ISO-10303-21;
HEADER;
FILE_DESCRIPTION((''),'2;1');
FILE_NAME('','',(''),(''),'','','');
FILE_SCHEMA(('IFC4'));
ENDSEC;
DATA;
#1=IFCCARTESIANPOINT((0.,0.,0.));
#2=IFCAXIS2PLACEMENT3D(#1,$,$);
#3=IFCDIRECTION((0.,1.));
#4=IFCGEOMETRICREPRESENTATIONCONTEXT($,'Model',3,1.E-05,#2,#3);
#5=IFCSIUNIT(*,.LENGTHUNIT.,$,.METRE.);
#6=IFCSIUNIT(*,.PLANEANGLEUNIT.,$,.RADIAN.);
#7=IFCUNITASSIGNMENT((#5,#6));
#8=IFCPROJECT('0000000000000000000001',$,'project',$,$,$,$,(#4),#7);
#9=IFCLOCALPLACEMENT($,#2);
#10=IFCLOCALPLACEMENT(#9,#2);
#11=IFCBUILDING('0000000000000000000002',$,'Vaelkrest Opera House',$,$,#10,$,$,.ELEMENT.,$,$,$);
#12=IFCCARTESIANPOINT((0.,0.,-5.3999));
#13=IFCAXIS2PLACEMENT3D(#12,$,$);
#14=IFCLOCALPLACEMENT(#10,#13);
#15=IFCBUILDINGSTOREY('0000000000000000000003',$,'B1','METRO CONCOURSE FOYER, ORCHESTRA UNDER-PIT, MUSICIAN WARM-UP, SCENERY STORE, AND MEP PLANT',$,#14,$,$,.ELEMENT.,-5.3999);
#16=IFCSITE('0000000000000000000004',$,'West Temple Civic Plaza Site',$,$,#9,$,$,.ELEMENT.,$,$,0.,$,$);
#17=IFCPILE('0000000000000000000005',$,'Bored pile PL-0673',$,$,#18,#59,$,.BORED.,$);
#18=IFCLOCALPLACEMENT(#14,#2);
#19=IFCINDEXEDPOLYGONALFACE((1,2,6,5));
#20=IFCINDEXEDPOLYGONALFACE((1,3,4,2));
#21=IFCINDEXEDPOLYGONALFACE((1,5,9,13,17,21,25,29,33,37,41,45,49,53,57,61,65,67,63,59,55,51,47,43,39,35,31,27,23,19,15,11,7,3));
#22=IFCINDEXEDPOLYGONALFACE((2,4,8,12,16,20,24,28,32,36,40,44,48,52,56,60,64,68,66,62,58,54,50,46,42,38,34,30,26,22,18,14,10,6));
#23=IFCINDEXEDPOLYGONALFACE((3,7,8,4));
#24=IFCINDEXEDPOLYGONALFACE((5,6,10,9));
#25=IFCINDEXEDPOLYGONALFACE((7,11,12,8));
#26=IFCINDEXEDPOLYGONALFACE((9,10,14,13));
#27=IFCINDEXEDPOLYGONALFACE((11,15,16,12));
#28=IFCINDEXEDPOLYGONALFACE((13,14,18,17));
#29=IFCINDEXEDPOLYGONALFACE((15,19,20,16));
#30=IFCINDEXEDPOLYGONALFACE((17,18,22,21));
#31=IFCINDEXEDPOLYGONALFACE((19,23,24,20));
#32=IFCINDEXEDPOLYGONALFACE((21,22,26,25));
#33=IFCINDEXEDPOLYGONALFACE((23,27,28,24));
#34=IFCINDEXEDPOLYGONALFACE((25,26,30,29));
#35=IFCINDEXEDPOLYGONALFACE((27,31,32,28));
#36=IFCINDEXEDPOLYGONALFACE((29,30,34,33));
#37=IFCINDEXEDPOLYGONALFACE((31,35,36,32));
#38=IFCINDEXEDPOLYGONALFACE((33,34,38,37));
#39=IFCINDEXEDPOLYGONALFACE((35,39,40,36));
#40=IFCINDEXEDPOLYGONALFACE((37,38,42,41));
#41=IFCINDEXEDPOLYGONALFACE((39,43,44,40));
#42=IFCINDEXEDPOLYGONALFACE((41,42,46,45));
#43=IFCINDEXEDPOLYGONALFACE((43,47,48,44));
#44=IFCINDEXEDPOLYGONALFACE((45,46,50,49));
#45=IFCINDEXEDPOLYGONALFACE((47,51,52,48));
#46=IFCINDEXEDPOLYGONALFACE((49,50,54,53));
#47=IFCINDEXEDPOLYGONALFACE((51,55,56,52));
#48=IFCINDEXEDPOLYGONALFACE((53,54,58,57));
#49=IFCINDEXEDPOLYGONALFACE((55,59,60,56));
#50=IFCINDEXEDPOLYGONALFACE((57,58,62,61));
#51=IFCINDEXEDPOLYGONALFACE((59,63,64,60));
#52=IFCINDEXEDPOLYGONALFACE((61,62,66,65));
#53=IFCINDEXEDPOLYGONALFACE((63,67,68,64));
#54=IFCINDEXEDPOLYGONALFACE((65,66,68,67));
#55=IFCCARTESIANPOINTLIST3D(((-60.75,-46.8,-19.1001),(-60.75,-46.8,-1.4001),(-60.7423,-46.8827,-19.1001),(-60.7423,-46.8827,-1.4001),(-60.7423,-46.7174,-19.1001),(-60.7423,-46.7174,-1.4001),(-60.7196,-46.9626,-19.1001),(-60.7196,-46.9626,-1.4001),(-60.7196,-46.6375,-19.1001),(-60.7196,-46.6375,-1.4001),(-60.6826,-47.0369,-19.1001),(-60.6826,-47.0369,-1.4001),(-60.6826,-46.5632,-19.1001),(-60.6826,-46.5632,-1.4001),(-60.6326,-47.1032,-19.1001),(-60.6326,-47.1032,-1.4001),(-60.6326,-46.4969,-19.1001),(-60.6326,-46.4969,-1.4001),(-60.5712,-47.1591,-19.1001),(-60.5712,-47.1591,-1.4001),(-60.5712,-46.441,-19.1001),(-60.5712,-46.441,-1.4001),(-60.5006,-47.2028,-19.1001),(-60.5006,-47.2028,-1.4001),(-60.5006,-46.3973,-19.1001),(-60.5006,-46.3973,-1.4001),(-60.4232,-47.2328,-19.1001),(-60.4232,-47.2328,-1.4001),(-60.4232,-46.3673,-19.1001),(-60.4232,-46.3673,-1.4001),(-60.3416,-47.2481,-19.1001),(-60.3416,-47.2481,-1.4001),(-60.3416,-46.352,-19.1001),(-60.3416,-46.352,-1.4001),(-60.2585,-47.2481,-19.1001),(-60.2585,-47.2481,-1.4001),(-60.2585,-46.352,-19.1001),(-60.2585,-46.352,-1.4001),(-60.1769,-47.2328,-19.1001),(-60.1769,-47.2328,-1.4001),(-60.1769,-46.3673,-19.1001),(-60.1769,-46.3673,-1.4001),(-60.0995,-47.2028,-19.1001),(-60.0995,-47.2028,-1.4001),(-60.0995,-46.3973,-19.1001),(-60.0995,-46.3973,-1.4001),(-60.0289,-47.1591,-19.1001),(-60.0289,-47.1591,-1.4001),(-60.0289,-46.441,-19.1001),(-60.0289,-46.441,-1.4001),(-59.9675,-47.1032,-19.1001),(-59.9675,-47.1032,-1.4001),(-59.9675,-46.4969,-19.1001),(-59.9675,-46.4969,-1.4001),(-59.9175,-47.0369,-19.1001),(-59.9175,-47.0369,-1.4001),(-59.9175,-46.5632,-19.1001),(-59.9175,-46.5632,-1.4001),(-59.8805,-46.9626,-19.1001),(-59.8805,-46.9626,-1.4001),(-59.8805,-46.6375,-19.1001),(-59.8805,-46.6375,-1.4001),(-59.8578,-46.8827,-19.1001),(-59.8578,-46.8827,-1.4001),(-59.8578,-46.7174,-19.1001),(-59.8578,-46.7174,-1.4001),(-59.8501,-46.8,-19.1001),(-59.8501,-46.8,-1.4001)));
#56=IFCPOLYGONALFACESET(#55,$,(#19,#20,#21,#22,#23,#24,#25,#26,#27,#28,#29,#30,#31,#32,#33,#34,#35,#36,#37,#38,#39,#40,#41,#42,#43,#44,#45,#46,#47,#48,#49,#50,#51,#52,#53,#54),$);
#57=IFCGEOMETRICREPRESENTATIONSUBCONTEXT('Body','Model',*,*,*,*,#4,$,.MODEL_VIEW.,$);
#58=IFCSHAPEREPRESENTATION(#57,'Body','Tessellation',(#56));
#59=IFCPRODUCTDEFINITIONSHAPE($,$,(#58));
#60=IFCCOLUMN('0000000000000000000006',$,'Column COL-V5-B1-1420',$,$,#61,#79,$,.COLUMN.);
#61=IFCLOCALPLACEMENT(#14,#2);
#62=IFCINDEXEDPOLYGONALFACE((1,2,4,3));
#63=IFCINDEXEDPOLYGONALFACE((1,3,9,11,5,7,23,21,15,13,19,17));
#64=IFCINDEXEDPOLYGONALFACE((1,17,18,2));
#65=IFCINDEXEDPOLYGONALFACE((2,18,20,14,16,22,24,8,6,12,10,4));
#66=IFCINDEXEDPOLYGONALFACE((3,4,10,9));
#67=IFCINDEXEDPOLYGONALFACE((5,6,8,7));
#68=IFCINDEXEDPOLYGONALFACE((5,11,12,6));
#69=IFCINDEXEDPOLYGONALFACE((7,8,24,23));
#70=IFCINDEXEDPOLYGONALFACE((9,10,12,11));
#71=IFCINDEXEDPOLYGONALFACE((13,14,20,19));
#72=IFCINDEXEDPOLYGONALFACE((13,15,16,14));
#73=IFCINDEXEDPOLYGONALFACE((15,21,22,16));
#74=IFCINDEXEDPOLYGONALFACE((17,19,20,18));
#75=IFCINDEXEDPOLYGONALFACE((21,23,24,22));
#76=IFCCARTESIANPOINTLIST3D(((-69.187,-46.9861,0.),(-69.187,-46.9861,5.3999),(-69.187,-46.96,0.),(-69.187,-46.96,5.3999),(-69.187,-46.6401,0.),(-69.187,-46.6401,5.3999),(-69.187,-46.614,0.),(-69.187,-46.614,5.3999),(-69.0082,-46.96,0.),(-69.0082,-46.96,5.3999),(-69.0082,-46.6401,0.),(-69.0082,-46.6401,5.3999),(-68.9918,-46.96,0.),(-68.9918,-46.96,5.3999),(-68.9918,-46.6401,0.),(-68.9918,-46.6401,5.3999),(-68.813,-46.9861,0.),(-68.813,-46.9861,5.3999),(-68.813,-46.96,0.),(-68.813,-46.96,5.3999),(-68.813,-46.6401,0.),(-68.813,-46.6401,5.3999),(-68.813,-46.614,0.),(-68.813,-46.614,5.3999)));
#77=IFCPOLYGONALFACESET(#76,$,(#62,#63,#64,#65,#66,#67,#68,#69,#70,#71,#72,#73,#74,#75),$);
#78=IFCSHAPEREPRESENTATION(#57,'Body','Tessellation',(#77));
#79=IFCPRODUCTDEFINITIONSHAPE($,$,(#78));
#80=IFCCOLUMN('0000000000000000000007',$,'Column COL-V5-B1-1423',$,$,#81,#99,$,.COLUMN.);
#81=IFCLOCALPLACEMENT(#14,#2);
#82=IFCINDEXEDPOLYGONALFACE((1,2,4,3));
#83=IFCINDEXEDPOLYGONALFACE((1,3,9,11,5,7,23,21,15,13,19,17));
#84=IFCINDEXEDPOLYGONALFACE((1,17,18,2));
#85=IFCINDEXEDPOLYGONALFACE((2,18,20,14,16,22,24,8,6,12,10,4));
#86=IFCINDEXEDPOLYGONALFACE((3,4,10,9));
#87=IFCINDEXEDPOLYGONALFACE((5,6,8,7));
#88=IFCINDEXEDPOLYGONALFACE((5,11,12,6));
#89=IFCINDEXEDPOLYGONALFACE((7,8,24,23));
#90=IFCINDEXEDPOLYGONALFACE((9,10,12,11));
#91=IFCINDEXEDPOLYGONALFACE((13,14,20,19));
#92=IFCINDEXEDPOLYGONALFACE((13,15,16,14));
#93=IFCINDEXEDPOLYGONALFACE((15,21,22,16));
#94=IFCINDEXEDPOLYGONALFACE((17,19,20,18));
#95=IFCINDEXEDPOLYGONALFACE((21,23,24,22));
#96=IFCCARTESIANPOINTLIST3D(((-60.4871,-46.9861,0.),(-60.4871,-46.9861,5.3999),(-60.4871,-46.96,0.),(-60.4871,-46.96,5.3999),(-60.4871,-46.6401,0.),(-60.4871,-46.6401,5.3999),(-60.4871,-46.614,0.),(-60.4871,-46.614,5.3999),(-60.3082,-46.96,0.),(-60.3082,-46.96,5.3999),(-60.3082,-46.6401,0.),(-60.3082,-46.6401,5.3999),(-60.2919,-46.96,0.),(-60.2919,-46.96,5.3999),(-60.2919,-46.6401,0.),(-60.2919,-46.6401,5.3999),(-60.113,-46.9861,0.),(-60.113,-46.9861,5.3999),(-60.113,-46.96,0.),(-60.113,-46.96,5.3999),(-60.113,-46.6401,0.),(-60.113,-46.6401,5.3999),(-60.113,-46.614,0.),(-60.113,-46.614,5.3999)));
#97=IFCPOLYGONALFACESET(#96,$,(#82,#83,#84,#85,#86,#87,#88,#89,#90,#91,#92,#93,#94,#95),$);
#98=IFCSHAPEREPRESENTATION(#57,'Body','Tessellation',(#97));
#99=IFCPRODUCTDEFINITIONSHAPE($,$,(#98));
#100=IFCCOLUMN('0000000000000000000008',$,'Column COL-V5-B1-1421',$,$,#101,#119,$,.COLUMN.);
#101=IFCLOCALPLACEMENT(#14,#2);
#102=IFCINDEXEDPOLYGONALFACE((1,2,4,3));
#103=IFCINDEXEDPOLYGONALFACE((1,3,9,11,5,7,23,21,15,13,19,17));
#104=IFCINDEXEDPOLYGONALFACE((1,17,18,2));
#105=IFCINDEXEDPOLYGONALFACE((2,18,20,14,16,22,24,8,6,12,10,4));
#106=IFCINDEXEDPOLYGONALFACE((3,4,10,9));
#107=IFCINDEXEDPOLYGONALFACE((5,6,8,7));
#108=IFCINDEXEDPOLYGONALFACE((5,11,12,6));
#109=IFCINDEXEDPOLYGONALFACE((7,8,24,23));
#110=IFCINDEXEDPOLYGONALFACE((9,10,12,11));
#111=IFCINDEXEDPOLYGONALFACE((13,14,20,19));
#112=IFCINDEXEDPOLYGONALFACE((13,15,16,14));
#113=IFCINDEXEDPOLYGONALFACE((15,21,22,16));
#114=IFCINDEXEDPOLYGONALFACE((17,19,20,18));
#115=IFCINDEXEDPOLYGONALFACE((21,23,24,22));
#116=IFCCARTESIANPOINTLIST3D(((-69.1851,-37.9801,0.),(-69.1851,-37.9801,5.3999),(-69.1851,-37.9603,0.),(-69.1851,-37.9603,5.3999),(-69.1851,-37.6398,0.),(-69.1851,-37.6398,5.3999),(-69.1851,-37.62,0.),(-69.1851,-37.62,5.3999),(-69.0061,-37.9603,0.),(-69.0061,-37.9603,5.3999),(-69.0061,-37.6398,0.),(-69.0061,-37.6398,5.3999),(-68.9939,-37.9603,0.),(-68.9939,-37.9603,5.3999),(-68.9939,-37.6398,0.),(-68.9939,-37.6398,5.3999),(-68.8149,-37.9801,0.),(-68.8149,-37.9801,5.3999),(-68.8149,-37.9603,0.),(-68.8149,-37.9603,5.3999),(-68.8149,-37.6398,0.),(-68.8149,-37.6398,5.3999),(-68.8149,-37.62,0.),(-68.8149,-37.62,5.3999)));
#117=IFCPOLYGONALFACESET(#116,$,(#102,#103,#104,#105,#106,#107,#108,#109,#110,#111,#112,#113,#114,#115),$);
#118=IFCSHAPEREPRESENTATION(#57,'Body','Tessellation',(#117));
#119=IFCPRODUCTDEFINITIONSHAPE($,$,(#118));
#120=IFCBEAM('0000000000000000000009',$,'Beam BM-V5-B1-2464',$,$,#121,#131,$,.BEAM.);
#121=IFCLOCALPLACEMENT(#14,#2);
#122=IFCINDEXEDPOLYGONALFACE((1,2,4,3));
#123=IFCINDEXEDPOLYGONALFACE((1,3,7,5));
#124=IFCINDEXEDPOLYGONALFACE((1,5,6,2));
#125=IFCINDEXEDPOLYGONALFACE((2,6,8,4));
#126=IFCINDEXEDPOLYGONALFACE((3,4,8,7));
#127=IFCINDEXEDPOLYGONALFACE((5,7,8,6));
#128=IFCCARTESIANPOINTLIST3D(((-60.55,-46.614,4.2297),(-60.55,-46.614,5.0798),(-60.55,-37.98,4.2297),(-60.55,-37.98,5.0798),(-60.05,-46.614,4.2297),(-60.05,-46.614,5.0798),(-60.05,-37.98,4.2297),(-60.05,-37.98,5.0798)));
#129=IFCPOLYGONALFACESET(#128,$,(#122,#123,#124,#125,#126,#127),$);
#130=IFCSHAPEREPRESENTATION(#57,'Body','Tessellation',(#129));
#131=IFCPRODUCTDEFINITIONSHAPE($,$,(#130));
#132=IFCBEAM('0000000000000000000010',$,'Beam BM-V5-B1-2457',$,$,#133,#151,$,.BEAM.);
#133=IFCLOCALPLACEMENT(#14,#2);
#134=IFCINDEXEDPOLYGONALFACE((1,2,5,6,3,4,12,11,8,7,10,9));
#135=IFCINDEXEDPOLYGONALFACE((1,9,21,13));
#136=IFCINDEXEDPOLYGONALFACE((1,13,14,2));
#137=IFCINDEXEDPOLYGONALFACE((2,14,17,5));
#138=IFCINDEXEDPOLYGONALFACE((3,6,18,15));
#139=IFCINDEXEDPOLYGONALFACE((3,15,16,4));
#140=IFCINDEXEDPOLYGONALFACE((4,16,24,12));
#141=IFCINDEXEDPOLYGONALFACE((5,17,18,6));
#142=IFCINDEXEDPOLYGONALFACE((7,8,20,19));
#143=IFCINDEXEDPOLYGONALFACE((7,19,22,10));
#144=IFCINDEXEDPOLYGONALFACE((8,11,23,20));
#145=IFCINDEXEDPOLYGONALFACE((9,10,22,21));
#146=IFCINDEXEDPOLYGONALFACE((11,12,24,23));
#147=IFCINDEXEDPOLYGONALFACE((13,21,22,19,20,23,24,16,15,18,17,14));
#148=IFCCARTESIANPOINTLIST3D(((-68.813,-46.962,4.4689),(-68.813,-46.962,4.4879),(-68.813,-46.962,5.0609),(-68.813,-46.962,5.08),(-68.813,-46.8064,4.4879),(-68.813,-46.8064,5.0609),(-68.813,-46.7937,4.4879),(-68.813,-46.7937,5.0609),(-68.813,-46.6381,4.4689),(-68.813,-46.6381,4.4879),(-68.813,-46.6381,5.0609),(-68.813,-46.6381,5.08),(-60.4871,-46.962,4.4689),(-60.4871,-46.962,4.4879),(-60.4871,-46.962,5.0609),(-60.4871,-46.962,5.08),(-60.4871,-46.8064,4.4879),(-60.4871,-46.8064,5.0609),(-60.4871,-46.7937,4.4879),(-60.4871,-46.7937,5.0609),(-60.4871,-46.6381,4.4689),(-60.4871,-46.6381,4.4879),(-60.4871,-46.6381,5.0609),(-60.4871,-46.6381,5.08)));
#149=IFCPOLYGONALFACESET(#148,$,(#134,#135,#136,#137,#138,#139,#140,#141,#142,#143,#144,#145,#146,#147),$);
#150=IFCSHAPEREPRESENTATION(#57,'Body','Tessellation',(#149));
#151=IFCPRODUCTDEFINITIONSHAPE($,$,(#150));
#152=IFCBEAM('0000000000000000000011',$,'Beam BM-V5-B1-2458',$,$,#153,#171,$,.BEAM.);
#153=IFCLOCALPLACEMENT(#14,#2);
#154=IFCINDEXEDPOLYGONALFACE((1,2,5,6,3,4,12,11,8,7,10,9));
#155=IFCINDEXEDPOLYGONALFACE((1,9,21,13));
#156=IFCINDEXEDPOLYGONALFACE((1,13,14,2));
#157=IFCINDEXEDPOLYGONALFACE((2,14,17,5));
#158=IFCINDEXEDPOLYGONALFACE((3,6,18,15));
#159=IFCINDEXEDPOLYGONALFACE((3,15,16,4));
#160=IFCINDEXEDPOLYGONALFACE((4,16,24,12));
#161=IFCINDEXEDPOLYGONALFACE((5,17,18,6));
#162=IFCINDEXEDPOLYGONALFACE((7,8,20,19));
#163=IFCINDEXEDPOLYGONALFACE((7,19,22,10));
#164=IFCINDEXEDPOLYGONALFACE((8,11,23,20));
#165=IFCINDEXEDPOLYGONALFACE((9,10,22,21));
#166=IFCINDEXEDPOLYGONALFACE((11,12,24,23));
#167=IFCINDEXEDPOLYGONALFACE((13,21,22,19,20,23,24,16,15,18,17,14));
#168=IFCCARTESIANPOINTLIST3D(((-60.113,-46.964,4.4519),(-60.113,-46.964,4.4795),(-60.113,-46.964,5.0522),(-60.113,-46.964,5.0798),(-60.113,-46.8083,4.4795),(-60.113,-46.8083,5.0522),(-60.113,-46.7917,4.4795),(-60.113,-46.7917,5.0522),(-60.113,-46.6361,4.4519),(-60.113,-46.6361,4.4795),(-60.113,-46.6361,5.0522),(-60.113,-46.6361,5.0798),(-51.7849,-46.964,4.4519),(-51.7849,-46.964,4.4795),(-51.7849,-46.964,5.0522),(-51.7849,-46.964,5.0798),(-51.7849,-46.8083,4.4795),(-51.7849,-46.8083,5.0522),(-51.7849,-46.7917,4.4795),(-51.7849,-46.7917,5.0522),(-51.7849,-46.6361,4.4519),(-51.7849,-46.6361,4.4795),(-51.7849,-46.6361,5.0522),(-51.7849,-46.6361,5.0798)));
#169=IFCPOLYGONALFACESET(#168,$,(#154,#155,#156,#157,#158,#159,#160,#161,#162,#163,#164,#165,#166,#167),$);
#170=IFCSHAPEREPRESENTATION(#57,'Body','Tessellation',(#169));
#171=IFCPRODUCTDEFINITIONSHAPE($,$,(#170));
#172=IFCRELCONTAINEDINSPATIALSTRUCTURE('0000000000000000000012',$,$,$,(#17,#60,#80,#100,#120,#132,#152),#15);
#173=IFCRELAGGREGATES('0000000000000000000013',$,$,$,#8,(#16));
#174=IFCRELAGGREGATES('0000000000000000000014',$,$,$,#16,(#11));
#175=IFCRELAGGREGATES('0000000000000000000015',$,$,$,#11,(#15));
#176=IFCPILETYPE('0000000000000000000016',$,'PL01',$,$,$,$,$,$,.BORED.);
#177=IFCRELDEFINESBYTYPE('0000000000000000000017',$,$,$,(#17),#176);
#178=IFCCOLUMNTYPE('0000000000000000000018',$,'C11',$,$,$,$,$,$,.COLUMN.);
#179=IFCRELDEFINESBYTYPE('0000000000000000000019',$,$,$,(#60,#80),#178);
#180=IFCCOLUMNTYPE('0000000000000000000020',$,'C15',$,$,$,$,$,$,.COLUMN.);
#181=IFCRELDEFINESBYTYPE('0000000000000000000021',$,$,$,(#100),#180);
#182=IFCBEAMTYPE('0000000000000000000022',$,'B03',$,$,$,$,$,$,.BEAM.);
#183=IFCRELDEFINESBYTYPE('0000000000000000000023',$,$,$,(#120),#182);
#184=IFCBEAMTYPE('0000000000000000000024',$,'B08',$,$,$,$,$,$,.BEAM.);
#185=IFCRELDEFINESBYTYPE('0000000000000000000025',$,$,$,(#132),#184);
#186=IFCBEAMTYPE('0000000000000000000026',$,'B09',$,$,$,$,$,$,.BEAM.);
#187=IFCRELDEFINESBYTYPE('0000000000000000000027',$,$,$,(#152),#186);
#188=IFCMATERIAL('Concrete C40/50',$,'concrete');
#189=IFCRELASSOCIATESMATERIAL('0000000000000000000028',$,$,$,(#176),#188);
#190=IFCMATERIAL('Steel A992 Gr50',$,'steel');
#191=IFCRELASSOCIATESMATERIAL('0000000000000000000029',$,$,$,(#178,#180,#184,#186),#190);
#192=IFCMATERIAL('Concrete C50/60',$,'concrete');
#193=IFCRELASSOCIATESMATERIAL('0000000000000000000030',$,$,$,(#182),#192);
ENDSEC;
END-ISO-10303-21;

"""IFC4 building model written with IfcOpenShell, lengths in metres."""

from ifc_helpers import new_model, si_unit, direction, frame, origin, origin_2d, place, context, subcontext, project, spatial, rectangle, circle, i_section, extrude, material, material_profile, profile_set, type_object, element, save


model = new_model("IFC4")

# Units and contexts
model_context = context("Model", 3, precision=1e-05, world=origin(), true_north=direction((0.0, 1.0)))
body_context = subcontext(model_context, "Body", "Model", "MODEL_VIEW")
ifc_project = project(units=[si_unit("LENGTHUNIT", "METRE"), si_unit("PLANEANGLEUNIT", "RADIAN")], contexts=[model_context])

# Site, building, storey
site_placement = place(None, origin())
site = spatial("IfcSite", under=ifc_project, at=site_placement, Name="West Temple Civic Plaza Site", CompositionType="ELEMENT", RefElevation=0.0)
building_placement = place(site_placement, origin())
building = spatial("IfcBuilding", under=site, at=building_placement, Name="Vaelkrest Opera House", CompositionType="ELEMENT")
storey_placement = place(building_placement, frame((0.0, 0.0, -5.3999)))
storey = spatial("IfcBuildingStorey", under=building, at=storey_placement, Name="B1", Description="METRO CONCOURSE FOYER, ORCHESTRA UNDER-PIT, MUSICIAN WARM-UP, SCENERY STORE, AND MEP PLANT", CompositionType="ELEMENT", Elevation=-5.3999)

# Shared definitions
ifc_material_1 = material(Name="Concrete C40/50", Category="concrete")

# Pile
ifc_material_profile_1 = material_profile(ifc_material_1, circle(Radius=0.45, at=origin_2d()), Name="PILE900")
ifc_profile_set_1 = profile_set([ifc_material_profile_1], Name="Concrete C40/50")
pile_type = type_object("IfcPileType", Name="PL01", PredefinedType="BORED", material=ifc_profile_set_1)
for number, where, z_axis, x_axis, name in (
    (1, (-60.3, -46.8, -1.4001), (0.0, 0.0, -1.0), (1.0, 0.0, 0.0), "Bored pile PL-0673"),
):
    element("IfcPile", number, at=place(storey_placement, frame(where, z_axis=z_axis, x_axis=x_axis)), inside=storey, type_object=pile_type, Name=name, PredefinedType="BORED", context=body_context, shape_type="SweptSolid", body=[
        extrude(circle(Radius=0.45, at=origin_2d()), origin(), (0.0, 0.0, 1.0), 17.7),
    ])

# Columns
ifc_material_2 = material(Name="Steel A992 Gr50", Category="steel")
ifc_material_profile_2 = material_profile(ifc_material_2, i_section(OverallWidth=0.374, OverallDepth=0.3721, WebThickness=0.0164, FlangeThickness=0.0261, at=origin_2d()), Name="W14X132")
ifc_profile_set_2 = profile_set([ifc_material_profile_2], Name="Steel A992 Gr50")
column_type_1 = type_object("IfcColumnType", Name="C11", PredefinedType="COLUMN", material=ifc_profile_set_2)
for number, where, z_axis, x_axis, name in (
    (2, (-69.0, -46.8, 0.0), (0.0, 0.0, 1.0), (1.0, 0.0, 0.0), "Column COL-V5-B1-1420"),
    (3, (-60.3, -46.8, 0.0), (0.0, 0.0, 1.0), (1.0, 0.0, 0.0), "Column COL-V5-B1-1423"),
):
    element("IfcColumn", number, at=place(storey_placement, frame(where, z_axis=z_axis, x_axis=x_axis)), inside=storey, type_object=column_type_1, Name=name, PredefinedType="COLUMN", context=body_context, shape_type="SweptSolid", body=[
        extrude(i_section(OverallWidth=0.374, OverallDepth=0.3721, WebThickness=0.0164, FlangeThickness=0.0261, at=origin_2d()), origin(), (0.0, 0.0, 1.0), 5.3999),
    ])
ifc_material_profile_3 = material_profile(ifc_material_2, i_section(OverallWidth=0.3701, OverallDepth=0.3601, WebThickness=0.0122, FlangeThickness=0.0198, at=origin_2d()), Name="W14X99")
ifc_profile_set_3 = profile_set([ifc_material_profile_3], Name="Steel A992 Gr50")
column_type_2 = type_object("IfcColumnType", Name="C15", PredefinedType="COLUMN", material=ifc_profile_set_3)
column_placement = place(storey_placement, frame((-69.0, -37.8, 0.0), z_axis=(0.0, 0.0, 1.0), x_axis=(1.0, 0.0, 0.0)))
element("IfcColumn", 4, at=column_placement, inside=storey, type_object=column_type_2, Name="Column COL-V5-B1-1421", PredefinedType="COLUMN", context=body_context, shape_type="SweptSolid", body=[
    extrude(i_section(OverallWidth=0.3701, OverallDepth=0.3601, WebThickness=0.0122, FlangeThickness=0.0198, at=origin_2d()), origin(), (0.0, 0.0, 1.0), 5.3999),
])

# Beams
ifc_material_3 = material(Name="Concrete C50/60", Category="concrete")
ifc_material_profile_4 = material_profile(ifc_material_3, rectangle(XDim=0.5, YDim=0.8501, at=origin_2d()), Name="RCB500X850")
ifc_profile_set_4 = profile_set([ifc_material_profile_4], Name="Concrete C50/60")
beam_type_1 = type_object("IfcBeamType", Name="B03", PredefinedType="BEAM", material=ifc_profile_set_4)
beam_1_placement = place(storey_placement, frame((-60.3, -46.614, 4.6548), z_axis=(0.0, 1.0, 0.0), x_axis=(-1.0, 0.0, 0.0)))
element("IfcBeam", 5, at=beam_1_placement, inside=storey, type_object=beam_type_1, Name="Beam BM-V5-B1-2464", PredefinedType="BEAM", context=body_context, shape_type="SweptSolid", body=[
    extrude(rectangle(XDim=0.5, YDim=0.8501, at=origin_2d()), origin(), (0.0, 0.0, 1.0), 8.634),
])
ifc_material_profile_5 = material_profile(ifc_material_2, i_section(OverallWidth=0.324, OverallDepth=0.6111, WebThickness=0.0127, FlangeThickness=0.019, at=origin_2d()), Name="W24X104")
ifc_profile_set_5 = profile_set([ifc_material_profile_5], Name="Steel A992 Gr50")
beam_type_2 = type_object("IfcBeamType", Name="B08", PredefinedType="BEAM", material=ifc_profile_set_5)
beam_2_placement = place(storey_placement, frame((-68.813, -46.8, 4.7744), z_axis=(1.0, 0.0, 0.0), x_axis=(0.0, 1.0, 0.0)))
element("IfcBeam", 6, at=beam_2_placement, inside=storey, type_object=beam_type_2, Name="Beam BM-V5-B1-2457", PredefinedType="BEAM", context=body_context, shape_type="SweptSolid", body=[
    extrude(i_section(OverallWidth=0.324, OverallDepth=0.6111, WebThickness=0.0127, FlangeThickness=0.019, at=origin_2d()), origin(), (0.0, 0.0, 1.0), 8.3259),
])
ifc_material_profile_6 = material_profile(ifc_material_2, i_section(OverallWidth=0.3279, OverallDepth=0.6279, WebThickness=0.0166, FlangeThickness=0.0276, at=origin_2d()), Name="W24X146")
ifc_profile_set_6 = profile_set([ifc_material_profile_6], Name="Steel A992 Gr50")
beam_type_3 = type_object("IfcBeamType", Name="B09", PredefinedType="BEAM", material=ifc_profile_set_6)
beam_3_placement = place(storey_placement, frame((-60.113, -46.8, 4.7659), z_axis=(1.0, 0.0, 0.0), x_axis=(0.0, 1.0, 0.0)))
element("IfcBeam", 7, at=beam_3_placement, inside=storey, type_object=beam_type_3, Name="Beam BM-V5-B1-2458", PredefinedType="BEAM", context=body_context, shape_type="SweptSolid", body=[
    extrude(i_section(OverallWidth=0.3279, OverallDepth=0.6279, WebThickness=0.0166, FlangeThickness=0.0276, at=origin_2d()), origin(), (0.0, 0.0, 1.0), 8.3281),
])

save(model, "model.ifc")
